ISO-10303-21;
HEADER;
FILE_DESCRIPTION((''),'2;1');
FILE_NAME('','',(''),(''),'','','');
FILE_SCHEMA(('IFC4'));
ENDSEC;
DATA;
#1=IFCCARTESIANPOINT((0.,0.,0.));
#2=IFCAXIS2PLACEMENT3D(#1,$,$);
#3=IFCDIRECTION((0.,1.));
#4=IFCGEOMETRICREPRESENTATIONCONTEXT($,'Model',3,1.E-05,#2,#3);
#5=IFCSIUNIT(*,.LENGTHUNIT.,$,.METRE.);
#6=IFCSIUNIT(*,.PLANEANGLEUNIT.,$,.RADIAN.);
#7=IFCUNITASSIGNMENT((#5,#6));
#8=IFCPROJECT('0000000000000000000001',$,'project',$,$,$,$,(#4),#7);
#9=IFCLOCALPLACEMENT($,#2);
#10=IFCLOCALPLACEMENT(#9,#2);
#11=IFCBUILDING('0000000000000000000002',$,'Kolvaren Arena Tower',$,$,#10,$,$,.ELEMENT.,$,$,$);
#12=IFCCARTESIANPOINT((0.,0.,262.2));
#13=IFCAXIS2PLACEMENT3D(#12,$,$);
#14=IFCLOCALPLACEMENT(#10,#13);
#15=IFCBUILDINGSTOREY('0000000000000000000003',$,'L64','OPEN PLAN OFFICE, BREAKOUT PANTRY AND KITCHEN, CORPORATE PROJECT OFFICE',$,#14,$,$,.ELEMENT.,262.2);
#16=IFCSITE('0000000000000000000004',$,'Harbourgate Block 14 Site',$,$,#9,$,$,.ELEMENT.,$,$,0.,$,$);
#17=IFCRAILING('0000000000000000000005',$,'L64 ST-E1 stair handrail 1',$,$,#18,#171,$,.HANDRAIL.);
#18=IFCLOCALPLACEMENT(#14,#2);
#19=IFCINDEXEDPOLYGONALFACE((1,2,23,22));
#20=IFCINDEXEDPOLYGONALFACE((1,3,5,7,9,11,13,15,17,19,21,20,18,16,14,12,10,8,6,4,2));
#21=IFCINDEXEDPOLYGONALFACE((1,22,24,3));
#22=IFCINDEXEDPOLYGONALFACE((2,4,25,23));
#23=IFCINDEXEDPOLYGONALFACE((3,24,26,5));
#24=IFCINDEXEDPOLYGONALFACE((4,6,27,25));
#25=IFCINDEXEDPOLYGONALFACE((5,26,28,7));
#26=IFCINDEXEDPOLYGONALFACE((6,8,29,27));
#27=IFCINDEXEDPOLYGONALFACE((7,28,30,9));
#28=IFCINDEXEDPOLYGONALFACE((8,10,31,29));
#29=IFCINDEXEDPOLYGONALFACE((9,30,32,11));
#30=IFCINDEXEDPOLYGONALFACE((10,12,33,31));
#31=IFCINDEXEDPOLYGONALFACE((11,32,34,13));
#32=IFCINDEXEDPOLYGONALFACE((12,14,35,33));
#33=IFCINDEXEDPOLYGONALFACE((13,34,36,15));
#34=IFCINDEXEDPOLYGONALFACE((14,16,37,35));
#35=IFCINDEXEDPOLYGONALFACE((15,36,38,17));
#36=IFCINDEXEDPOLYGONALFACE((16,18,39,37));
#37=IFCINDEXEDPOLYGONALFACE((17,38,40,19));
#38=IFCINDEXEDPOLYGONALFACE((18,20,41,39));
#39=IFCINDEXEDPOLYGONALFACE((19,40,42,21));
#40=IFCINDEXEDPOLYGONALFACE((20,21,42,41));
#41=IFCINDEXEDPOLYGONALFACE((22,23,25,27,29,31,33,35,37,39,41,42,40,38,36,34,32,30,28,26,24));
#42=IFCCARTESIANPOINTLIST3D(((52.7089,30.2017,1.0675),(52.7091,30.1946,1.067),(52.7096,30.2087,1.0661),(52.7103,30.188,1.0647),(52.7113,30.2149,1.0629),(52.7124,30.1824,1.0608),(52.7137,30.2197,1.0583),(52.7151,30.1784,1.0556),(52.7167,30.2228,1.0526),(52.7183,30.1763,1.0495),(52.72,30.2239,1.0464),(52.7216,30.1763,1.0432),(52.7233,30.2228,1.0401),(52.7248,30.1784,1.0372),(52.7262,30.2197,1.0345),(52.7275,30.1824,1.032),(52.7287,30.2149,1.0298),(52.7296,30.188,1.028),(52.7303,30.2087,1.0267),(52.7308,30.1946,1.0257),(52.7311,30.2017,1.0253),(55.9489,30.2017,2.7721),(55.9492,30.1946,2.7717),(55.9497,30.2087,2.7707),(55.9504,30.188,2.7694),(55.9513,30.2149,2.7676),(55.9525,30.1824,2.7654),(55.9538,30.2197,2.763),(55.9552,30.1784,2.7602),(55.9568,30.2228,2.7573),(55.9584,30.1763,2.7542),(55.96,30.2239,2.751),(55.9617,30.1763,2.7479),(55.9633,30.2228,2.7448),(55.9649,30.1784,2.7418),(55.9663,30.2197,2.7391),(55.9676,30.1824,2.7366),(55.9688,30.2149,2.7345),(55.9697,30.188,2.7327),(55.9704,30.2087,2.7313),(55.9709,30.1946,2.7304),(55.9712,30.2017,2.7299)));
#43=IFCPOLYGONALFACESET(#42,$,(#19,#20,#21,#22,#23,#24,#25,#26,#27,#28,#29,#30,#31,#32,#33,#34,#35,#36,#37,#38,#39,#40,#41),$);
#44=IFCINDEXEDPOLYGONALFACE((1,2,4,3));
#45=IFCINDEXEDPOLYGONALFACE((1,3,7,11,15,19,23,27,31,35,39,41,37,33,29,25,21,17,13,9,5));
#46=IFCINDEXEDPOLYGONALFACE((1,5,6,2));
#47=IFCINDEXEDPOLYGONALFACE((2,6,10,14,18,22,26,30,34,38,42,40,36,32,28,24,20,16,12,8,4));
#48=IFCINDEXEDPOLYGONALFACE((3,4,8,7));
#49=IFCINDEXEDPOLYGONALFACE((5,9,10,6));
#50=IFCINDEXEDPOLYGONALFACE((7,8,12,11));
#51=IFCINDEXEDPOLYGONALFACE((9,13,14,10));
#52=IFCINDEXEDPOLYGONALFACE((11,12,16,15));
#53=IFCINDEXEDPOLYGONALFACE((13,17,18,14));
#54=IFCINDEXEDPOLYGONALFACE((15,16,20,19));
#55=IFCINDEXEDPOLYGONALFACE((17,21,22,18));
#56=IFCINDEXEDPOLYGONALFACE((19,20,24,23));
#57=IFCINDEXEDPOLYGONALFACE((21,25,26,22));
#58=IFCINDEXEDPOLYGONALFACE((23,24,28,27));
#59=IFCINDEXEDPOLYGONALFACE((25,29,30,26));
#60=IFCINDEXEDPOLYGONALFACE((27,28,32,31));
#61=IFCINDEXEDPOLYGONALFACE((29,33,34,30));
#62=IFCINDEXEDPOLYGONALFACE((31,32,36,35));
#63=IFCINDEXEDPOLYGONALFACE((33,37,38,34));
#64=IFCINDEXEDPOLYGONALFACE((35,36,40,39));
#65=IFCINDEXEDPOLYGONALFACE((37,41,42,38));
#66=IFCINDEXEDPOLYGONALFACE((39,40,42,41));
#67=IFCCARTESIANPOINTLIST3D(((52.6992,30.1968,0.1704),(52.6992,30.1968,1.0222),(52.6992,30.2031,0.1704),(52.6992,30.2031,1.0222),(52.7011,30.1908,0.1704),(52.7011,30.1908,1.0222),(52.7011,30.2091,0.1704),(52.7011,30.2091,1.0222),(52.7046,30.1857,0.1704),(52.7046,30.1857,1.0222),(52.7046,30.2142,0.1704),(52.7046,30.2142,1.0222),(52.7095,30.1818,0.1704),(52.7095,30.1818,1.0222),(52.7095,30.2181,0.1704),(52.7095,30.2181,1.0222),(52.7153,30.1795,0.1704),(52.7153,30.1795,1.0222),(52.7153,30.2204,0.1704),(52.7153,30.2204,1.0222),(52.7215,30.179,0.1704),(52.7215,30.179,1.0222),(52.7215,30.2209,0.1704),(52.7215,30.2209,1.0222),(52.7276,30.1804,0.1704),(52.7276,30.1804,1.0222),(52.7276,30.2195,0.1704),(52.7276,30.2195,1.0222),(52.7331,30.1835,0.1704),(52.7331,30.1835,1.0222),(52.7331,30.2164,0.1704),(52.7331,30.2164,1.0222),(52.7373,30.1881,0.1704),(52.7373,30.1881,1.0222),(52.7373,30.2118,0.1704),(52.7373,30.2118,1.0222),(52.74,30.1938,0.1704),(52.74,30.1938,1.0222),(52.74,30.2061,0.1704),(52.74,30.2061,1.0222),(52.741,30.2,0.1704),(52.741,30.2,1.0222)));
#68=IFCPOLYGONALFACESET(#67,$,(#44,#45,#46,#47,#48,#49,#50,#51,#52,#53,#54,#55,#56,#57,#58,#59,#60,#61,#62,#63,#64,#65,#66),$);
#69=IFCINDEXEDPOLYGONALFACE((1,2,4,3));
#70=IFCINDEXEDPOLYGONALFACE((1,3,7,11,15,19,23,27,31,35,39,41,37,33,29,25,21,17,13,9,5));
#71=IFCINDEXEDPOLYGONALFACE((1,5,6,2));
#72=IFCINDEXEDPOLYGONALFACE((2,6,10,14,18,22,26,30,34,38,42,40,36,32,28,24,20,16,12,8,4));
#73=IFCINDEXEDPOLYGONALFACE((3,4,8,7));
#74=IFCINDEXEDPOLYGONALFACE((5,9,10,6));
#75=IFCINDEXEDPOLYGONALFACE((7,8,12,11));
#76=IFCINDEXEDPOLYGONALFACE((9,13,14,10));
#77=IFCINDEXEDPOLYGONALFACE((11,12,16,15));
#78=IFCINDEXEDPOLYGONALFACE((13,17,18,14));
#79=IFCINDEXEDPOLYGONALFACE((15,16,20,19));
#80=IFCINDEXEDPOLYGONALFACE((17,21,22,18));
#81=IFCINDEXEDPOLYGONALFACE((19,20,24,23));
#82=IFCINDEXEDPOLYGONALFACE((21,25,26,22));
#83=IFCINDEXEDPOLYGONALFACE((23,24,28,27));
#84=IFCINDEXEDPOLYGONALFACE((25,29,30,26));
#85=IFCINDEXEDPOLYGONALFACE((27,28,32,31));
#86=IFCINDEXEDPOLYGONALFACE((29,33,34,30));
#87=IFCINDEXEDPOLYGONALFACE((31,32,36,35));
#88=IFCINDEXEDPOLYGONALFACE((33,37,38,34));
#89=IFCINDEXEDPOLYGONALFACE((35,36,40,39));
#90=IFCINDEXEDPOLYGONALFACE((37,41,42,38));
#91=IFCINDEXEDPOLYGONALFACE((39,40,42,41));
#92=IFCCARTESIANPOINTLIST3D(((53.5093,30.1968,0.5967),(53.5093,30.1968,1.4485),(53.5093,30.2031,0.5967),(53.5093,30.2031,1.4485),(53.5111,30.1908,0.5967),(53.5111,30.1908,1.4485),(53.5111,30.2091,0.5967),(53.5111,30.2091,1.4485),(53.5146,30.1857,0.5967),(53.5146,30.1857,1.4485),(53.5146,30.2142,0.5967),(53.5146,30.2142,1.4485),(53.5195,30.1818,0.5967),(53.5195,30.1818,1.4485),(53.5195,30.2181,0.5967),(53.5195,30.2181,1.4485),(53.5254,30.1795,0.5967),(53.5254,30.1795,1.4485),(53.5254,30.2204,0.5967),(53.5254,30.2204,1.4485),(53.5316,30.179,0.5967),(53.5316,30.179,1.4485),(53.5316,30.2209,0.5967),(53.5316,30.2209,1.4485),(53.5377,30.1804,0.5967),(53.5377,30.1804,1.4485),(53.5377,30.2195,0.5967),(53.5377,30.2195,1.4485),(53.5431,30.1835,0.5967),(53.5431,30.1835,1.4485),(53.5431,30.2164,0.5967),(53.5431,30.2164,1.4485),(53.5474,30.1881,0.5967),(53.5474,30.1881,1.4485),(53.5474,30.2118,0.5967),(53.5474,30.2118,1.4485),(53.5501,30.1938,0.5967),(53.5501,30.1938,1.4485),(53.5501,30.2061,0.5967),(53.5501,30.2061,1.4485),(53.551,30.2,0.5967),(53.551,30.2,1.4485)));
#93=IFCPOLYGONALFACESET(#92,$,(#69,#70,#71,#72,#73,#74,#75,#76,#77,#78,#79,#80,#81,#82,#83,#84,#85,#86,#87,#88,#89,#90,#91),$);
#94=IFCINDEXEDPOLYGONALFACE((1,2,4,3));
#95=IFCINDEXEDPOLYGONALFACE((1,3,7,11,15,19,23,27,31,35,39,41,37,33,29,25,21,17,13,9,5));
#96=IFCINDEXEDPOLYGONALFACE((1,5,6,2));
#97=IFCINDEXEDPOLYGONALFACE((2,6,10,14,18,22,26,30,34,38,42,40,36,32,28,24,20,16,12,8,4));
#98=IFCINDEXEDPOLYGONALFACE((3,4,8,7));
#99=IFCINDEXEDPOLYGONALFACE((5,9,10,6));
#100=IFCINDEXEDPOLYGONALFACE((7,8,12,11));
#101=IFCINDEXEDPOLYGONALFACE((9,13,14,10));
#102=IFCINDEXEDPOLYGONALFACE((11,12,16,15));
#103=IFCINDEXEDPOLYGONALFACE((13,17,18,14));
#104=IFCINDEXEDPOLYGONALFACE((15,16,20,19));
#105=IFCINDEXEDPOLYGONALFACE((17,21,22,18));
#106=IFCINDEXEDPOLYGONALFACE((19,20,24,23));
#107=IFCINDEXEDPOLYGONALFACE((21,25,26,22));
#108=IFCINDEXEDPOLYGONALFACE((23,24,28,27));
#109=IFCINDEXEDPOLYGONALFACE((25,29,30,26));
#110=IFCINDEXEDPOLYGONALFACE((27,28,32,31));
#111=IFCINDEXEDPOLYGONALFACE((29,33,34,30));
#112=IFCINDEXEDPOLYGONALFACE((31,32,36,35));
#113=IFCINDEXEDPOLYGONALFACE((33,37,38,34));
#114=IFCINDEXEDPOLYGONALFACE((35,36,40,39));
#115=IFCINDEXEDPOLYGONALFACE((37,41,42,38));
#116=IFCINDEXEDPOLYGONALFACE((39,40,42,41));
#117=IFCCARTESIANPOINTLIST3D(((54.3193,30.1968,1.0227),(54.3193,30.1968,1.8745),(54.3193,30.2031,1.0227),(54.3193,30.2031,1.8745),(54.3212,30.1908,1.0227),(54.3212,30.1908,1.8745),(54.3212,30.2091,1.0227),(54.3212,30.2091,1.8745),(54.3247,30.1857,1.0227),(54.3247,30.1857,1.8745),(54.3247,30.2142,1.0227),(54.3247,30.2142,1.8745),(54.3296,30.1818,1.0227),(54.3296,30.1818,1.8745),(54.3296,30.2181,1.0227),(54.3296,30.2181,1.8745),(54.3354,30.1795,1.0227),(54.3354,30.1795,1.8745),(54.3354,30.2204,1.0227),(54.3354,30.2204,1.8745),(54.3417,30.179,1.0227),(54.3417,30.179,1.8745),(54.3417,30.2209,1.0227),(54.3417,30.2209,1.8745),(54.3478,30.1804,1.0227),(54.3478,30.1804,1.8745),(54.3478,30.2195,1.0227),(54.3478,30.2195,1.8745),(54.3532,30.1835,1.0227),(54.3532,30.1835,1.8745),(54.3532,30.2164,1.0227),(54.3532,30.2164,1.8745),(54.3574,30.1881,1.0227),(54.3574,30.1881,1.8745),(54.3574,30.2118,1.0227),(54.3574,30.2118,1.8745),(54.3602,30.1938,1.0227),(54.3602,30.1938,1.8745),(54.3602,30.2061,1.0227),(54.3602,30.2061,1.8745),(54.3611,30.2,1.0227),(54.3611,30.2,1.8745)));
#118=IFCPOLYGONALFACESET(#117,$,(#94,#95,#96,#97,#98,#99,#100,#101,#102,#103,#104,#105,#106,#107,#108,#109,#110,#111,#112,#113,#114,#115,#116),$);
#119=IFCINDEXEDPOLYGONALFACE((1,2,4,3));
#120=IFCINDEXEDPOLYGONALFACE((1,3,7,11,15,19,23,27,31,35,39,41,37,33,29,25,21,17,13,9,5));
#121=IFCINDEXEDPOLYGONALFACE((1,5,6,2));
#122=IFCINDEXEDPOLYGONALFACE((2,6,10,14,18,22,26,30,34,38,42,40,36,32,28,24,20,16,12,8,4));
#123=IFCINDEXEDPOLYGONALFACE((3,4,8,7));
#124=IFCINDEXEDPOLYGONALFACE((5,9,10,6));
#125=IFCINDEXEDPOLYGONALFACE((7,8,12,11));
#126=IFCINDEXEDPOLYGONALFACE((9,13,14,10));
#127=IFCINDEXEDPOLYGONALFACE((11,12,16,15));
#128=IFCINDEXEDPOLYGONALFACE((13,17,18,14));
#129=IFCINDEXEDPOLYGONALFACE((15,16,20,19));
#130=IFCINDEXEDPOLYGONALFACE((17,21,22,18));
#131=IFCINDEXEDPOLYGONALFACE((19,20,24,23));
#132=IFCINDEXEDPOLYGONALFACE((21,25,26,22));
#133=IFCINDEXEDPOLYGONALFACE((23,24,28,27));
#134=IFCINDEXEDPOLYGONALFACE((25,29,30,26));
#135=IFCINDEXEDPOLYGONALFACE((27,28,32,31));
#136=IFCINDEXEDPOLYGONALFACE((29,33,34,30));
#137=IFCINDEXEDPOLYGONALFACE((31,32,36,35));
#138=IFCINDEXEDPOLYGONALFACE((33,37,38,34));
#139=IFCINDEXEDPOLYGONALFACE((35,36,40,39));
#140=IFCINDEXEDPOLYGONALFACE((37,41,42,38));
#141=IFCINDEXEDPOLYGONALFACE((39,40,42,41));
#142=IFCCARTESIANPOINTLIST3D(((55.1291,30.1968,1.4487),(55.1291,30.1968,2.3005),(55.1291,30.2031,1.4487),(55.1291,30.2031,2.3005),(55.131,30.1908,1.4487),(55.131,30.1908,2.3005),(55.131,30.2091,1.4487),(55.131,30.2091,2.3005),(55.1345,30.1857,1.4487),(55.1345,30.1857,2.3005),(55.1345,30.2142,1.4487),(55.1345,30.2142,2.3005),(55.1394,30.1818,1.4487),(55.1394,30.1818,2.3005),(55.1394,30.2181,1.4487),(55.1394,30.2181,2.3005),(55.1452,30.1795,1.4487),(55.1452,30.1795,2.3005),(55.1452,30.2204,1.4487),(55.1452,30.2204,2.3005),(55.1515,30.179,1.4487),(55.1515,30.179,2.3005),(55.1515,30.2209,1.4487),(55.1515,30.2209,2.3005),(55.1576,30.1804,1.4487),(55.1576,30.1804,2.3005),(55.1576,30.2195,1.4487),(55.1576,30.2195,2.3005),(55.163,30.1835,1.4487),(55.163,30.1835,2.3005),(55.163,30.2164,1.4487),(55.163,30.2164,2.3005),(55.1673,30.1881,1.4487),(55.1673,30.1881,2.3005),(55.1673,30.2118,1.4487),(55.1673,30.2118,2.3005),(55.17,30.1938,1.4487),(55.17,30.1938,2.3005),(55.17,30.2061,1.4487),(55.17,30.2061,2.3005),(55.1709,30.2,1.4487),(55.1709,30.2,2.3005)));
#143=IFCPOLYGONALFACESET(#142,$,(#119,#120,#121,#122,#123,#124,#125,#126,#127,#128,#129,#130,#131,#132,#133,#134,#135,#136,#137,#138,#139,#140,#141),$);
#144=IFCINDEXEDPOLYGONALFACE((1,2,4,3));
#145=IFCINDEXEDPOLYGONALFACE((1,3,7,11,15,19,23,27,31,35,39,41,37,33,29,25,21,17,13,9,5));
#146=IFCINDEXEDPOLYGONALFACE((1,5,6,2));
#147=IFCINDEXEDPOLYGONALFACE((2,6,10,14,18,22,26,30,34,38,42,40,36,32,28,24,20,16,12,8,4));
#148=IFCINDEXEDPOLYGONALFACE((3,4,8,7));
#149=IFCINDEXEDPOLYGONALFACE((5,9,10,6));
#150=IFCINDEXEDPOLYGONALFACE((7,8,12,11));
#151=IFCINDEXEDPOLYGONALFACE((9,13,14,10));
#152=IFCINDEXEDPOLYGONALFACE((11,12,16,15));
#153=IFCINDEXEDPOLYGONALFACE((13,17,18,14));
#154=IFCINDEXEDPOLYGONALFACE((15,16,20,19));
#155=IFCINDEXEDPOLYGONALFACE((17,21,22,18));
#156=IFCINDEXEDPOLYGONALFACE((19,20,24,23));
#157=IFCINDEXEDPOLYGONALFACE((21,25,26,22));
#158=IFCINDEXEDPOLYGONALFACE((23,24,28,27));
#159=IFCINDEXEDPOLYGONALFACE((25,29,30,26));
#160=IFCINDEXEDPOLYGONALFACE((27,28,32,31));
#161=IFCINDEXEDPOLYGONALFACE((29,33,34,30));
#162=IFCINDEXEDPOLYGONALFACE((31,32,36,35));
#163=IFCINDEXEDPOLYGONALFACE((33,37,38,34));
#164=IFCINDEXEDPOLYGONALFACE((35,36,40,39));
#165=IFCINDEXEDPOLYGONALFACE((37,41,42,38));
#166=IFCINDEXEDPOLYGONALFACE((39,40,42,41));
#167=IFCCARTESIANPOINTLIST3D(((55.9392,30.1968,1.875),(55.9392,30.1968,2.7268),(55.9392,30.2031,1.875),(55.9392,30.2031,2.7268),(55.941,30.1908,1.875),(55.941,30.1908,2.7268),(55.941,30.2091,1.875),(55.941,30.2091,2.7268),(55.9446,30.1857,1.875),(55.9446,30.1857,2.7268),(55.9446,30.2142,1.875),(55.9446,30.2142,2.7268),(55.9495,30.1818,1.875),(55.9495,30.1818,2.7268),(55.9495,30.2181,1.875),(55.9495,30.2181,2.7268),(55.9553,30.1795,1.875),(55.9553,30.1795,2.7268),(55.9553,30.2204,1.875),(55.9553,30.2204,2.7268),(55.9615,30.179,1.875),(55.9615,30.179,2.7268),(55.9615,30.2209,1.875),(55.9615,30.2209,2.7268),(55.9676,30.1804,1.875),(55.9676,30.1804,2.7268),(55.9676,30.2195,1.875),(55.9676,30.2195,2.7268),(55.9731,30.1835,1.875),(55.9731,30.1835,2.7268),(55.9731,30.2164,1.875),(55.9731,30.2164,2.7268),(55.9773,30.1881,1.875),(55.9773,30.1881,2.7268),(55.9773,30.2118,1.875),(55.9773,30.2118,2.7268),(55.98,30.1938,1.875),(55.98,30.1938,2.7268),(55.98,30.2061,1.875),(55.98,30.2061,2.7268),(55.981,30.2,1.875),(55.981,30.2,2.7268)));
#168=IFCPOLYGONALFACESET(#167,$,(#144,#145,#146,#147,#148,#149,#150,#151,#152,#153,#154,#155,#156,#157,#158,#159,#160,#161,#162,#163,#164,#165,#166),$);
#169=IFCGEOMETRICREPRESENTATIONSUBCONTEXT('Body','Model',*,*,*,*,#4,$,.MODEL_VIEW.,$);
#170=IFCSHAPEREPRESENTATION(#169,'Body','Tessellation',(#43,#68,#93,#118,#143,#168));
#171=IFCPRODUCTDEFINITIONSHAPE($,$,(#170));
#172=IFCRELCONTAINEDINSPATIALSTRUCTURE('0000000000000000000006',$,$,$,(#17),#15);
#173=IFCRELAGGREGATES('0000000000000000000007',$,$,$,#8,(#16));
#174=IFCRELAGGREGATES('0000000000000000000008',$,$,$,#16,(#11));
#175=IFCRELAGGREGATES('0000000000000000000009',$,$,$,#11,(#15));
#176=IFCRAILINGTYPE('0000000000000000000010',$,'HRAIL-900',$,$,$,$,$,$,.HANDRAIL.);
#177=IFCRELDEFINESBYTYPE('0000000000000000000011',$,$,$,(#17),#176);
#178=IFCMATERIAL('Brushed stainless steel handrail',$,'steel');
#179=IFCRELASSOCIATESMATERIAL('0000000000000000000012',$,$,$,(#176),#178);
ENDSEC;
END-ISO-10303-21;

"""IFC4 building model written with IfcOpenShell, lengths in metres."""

from ifc_helpers import new_model, si_unit, direction, frame, origin, origin_2d, place, context, subcontext, project, spatial, circle, extrude, material, type_object, element, save


model = new_model("IFC4")

# Units and contexts
model_context = context("Model", 3, precision=1e-05, world=origin(), true_north=direction((0.0, 1.0)))
body_context = subcontext(model_context, "Body", "Model", "MODEL_VIEW")
ifc_project = project(units=[si_unit("LENGTHUNIT", "METRE"), si_unit("PLANEANGLEUNIT", "RADIAN")], contexts=[model_context])

# Site, building, storey
site_placement = place(None, origin())
site = spatial("IfcSite", under=ifc_project, at=site_placement, Name="Harbourgate Block 14 Site", CompositionType="ELEMENT", RefElevation=0.0)
building_placement = place(site_placement, origin())
building = spatial("IfcBuilding", under=site, at=building_placement, Name="Kolvaren Arena Tower", CompositionType="ELEMENT")
storey_placement = place(building_placement, frame((0.0, 0.0, 262.2)))
storey = spatial("IfcBuildingStorey", under=building, at=storey_placement, Name="L64", Description="OPEN PLAN OFFICE, BREAKOUT PANTRY AND KITCHEN, CORPORATE PROJECT OFFICE", CompositionType="ELEMENT", Elevation=262.2)

# Railing
ifc_material_1 = material(Name="Brushed stainless steel handrail", Category="steel")
railing_type_1 = type_object("IfcRailingType", Name="HRAIL-900", PredefinedType="HANDRAIL", material=ifc_material_1)
for number, where, name in (
    (1, (52.72, 30.2, 0.1704), "L64 ST-E1 stair handrail 1"),
):
    element("IfcRailing", number, at=place(storey_placement, frame(where)), inside=storey, type_object=railing_type_1, Name=name, PredefinedType="HANDRAIL", context=body_context, shape_type="SweptSolid", body=[
        extrude(circle(Radius=0.0239, at=origin_2d()), frame((0.0, 0.0, 0.876), z_axis=(0.884993, 0.0, 0.465604), x_axis=(0.0, 1.0, 0.0)), (0.0, 0.0, 1.0), 3.6611),
        extrude(circle(Radius=0.021, at=origin_2d()), origin(), (0.0, 0.0, 1.0), 0.8518),
        extrude(circle(Radius=0.021, at=origin_2d()), frame((0.8101, 0.0, 0.4263)), (0.0, 0.0, 1.0), 0.8518),
        extrude(circle(Radius=0.021, at=origin_2d()), frame((1.6201, 0.0, 0.8523)), (0.0, 0.0, 1.0), 0.8518),
        extrude(circle(Radius=0.021, at=origin_2d()), frame((2.4299, 0.0, 1.2783)), (0.0, 0.0, 1.0), 0.8518),
        extrude(circle(Radius=0.021, at=origin_2d()), frame((3.24, 0.0, 1.7046)), (0.0, 0.0, 1.0), 0.8518),
    ])

save(model, "model.ifc")
